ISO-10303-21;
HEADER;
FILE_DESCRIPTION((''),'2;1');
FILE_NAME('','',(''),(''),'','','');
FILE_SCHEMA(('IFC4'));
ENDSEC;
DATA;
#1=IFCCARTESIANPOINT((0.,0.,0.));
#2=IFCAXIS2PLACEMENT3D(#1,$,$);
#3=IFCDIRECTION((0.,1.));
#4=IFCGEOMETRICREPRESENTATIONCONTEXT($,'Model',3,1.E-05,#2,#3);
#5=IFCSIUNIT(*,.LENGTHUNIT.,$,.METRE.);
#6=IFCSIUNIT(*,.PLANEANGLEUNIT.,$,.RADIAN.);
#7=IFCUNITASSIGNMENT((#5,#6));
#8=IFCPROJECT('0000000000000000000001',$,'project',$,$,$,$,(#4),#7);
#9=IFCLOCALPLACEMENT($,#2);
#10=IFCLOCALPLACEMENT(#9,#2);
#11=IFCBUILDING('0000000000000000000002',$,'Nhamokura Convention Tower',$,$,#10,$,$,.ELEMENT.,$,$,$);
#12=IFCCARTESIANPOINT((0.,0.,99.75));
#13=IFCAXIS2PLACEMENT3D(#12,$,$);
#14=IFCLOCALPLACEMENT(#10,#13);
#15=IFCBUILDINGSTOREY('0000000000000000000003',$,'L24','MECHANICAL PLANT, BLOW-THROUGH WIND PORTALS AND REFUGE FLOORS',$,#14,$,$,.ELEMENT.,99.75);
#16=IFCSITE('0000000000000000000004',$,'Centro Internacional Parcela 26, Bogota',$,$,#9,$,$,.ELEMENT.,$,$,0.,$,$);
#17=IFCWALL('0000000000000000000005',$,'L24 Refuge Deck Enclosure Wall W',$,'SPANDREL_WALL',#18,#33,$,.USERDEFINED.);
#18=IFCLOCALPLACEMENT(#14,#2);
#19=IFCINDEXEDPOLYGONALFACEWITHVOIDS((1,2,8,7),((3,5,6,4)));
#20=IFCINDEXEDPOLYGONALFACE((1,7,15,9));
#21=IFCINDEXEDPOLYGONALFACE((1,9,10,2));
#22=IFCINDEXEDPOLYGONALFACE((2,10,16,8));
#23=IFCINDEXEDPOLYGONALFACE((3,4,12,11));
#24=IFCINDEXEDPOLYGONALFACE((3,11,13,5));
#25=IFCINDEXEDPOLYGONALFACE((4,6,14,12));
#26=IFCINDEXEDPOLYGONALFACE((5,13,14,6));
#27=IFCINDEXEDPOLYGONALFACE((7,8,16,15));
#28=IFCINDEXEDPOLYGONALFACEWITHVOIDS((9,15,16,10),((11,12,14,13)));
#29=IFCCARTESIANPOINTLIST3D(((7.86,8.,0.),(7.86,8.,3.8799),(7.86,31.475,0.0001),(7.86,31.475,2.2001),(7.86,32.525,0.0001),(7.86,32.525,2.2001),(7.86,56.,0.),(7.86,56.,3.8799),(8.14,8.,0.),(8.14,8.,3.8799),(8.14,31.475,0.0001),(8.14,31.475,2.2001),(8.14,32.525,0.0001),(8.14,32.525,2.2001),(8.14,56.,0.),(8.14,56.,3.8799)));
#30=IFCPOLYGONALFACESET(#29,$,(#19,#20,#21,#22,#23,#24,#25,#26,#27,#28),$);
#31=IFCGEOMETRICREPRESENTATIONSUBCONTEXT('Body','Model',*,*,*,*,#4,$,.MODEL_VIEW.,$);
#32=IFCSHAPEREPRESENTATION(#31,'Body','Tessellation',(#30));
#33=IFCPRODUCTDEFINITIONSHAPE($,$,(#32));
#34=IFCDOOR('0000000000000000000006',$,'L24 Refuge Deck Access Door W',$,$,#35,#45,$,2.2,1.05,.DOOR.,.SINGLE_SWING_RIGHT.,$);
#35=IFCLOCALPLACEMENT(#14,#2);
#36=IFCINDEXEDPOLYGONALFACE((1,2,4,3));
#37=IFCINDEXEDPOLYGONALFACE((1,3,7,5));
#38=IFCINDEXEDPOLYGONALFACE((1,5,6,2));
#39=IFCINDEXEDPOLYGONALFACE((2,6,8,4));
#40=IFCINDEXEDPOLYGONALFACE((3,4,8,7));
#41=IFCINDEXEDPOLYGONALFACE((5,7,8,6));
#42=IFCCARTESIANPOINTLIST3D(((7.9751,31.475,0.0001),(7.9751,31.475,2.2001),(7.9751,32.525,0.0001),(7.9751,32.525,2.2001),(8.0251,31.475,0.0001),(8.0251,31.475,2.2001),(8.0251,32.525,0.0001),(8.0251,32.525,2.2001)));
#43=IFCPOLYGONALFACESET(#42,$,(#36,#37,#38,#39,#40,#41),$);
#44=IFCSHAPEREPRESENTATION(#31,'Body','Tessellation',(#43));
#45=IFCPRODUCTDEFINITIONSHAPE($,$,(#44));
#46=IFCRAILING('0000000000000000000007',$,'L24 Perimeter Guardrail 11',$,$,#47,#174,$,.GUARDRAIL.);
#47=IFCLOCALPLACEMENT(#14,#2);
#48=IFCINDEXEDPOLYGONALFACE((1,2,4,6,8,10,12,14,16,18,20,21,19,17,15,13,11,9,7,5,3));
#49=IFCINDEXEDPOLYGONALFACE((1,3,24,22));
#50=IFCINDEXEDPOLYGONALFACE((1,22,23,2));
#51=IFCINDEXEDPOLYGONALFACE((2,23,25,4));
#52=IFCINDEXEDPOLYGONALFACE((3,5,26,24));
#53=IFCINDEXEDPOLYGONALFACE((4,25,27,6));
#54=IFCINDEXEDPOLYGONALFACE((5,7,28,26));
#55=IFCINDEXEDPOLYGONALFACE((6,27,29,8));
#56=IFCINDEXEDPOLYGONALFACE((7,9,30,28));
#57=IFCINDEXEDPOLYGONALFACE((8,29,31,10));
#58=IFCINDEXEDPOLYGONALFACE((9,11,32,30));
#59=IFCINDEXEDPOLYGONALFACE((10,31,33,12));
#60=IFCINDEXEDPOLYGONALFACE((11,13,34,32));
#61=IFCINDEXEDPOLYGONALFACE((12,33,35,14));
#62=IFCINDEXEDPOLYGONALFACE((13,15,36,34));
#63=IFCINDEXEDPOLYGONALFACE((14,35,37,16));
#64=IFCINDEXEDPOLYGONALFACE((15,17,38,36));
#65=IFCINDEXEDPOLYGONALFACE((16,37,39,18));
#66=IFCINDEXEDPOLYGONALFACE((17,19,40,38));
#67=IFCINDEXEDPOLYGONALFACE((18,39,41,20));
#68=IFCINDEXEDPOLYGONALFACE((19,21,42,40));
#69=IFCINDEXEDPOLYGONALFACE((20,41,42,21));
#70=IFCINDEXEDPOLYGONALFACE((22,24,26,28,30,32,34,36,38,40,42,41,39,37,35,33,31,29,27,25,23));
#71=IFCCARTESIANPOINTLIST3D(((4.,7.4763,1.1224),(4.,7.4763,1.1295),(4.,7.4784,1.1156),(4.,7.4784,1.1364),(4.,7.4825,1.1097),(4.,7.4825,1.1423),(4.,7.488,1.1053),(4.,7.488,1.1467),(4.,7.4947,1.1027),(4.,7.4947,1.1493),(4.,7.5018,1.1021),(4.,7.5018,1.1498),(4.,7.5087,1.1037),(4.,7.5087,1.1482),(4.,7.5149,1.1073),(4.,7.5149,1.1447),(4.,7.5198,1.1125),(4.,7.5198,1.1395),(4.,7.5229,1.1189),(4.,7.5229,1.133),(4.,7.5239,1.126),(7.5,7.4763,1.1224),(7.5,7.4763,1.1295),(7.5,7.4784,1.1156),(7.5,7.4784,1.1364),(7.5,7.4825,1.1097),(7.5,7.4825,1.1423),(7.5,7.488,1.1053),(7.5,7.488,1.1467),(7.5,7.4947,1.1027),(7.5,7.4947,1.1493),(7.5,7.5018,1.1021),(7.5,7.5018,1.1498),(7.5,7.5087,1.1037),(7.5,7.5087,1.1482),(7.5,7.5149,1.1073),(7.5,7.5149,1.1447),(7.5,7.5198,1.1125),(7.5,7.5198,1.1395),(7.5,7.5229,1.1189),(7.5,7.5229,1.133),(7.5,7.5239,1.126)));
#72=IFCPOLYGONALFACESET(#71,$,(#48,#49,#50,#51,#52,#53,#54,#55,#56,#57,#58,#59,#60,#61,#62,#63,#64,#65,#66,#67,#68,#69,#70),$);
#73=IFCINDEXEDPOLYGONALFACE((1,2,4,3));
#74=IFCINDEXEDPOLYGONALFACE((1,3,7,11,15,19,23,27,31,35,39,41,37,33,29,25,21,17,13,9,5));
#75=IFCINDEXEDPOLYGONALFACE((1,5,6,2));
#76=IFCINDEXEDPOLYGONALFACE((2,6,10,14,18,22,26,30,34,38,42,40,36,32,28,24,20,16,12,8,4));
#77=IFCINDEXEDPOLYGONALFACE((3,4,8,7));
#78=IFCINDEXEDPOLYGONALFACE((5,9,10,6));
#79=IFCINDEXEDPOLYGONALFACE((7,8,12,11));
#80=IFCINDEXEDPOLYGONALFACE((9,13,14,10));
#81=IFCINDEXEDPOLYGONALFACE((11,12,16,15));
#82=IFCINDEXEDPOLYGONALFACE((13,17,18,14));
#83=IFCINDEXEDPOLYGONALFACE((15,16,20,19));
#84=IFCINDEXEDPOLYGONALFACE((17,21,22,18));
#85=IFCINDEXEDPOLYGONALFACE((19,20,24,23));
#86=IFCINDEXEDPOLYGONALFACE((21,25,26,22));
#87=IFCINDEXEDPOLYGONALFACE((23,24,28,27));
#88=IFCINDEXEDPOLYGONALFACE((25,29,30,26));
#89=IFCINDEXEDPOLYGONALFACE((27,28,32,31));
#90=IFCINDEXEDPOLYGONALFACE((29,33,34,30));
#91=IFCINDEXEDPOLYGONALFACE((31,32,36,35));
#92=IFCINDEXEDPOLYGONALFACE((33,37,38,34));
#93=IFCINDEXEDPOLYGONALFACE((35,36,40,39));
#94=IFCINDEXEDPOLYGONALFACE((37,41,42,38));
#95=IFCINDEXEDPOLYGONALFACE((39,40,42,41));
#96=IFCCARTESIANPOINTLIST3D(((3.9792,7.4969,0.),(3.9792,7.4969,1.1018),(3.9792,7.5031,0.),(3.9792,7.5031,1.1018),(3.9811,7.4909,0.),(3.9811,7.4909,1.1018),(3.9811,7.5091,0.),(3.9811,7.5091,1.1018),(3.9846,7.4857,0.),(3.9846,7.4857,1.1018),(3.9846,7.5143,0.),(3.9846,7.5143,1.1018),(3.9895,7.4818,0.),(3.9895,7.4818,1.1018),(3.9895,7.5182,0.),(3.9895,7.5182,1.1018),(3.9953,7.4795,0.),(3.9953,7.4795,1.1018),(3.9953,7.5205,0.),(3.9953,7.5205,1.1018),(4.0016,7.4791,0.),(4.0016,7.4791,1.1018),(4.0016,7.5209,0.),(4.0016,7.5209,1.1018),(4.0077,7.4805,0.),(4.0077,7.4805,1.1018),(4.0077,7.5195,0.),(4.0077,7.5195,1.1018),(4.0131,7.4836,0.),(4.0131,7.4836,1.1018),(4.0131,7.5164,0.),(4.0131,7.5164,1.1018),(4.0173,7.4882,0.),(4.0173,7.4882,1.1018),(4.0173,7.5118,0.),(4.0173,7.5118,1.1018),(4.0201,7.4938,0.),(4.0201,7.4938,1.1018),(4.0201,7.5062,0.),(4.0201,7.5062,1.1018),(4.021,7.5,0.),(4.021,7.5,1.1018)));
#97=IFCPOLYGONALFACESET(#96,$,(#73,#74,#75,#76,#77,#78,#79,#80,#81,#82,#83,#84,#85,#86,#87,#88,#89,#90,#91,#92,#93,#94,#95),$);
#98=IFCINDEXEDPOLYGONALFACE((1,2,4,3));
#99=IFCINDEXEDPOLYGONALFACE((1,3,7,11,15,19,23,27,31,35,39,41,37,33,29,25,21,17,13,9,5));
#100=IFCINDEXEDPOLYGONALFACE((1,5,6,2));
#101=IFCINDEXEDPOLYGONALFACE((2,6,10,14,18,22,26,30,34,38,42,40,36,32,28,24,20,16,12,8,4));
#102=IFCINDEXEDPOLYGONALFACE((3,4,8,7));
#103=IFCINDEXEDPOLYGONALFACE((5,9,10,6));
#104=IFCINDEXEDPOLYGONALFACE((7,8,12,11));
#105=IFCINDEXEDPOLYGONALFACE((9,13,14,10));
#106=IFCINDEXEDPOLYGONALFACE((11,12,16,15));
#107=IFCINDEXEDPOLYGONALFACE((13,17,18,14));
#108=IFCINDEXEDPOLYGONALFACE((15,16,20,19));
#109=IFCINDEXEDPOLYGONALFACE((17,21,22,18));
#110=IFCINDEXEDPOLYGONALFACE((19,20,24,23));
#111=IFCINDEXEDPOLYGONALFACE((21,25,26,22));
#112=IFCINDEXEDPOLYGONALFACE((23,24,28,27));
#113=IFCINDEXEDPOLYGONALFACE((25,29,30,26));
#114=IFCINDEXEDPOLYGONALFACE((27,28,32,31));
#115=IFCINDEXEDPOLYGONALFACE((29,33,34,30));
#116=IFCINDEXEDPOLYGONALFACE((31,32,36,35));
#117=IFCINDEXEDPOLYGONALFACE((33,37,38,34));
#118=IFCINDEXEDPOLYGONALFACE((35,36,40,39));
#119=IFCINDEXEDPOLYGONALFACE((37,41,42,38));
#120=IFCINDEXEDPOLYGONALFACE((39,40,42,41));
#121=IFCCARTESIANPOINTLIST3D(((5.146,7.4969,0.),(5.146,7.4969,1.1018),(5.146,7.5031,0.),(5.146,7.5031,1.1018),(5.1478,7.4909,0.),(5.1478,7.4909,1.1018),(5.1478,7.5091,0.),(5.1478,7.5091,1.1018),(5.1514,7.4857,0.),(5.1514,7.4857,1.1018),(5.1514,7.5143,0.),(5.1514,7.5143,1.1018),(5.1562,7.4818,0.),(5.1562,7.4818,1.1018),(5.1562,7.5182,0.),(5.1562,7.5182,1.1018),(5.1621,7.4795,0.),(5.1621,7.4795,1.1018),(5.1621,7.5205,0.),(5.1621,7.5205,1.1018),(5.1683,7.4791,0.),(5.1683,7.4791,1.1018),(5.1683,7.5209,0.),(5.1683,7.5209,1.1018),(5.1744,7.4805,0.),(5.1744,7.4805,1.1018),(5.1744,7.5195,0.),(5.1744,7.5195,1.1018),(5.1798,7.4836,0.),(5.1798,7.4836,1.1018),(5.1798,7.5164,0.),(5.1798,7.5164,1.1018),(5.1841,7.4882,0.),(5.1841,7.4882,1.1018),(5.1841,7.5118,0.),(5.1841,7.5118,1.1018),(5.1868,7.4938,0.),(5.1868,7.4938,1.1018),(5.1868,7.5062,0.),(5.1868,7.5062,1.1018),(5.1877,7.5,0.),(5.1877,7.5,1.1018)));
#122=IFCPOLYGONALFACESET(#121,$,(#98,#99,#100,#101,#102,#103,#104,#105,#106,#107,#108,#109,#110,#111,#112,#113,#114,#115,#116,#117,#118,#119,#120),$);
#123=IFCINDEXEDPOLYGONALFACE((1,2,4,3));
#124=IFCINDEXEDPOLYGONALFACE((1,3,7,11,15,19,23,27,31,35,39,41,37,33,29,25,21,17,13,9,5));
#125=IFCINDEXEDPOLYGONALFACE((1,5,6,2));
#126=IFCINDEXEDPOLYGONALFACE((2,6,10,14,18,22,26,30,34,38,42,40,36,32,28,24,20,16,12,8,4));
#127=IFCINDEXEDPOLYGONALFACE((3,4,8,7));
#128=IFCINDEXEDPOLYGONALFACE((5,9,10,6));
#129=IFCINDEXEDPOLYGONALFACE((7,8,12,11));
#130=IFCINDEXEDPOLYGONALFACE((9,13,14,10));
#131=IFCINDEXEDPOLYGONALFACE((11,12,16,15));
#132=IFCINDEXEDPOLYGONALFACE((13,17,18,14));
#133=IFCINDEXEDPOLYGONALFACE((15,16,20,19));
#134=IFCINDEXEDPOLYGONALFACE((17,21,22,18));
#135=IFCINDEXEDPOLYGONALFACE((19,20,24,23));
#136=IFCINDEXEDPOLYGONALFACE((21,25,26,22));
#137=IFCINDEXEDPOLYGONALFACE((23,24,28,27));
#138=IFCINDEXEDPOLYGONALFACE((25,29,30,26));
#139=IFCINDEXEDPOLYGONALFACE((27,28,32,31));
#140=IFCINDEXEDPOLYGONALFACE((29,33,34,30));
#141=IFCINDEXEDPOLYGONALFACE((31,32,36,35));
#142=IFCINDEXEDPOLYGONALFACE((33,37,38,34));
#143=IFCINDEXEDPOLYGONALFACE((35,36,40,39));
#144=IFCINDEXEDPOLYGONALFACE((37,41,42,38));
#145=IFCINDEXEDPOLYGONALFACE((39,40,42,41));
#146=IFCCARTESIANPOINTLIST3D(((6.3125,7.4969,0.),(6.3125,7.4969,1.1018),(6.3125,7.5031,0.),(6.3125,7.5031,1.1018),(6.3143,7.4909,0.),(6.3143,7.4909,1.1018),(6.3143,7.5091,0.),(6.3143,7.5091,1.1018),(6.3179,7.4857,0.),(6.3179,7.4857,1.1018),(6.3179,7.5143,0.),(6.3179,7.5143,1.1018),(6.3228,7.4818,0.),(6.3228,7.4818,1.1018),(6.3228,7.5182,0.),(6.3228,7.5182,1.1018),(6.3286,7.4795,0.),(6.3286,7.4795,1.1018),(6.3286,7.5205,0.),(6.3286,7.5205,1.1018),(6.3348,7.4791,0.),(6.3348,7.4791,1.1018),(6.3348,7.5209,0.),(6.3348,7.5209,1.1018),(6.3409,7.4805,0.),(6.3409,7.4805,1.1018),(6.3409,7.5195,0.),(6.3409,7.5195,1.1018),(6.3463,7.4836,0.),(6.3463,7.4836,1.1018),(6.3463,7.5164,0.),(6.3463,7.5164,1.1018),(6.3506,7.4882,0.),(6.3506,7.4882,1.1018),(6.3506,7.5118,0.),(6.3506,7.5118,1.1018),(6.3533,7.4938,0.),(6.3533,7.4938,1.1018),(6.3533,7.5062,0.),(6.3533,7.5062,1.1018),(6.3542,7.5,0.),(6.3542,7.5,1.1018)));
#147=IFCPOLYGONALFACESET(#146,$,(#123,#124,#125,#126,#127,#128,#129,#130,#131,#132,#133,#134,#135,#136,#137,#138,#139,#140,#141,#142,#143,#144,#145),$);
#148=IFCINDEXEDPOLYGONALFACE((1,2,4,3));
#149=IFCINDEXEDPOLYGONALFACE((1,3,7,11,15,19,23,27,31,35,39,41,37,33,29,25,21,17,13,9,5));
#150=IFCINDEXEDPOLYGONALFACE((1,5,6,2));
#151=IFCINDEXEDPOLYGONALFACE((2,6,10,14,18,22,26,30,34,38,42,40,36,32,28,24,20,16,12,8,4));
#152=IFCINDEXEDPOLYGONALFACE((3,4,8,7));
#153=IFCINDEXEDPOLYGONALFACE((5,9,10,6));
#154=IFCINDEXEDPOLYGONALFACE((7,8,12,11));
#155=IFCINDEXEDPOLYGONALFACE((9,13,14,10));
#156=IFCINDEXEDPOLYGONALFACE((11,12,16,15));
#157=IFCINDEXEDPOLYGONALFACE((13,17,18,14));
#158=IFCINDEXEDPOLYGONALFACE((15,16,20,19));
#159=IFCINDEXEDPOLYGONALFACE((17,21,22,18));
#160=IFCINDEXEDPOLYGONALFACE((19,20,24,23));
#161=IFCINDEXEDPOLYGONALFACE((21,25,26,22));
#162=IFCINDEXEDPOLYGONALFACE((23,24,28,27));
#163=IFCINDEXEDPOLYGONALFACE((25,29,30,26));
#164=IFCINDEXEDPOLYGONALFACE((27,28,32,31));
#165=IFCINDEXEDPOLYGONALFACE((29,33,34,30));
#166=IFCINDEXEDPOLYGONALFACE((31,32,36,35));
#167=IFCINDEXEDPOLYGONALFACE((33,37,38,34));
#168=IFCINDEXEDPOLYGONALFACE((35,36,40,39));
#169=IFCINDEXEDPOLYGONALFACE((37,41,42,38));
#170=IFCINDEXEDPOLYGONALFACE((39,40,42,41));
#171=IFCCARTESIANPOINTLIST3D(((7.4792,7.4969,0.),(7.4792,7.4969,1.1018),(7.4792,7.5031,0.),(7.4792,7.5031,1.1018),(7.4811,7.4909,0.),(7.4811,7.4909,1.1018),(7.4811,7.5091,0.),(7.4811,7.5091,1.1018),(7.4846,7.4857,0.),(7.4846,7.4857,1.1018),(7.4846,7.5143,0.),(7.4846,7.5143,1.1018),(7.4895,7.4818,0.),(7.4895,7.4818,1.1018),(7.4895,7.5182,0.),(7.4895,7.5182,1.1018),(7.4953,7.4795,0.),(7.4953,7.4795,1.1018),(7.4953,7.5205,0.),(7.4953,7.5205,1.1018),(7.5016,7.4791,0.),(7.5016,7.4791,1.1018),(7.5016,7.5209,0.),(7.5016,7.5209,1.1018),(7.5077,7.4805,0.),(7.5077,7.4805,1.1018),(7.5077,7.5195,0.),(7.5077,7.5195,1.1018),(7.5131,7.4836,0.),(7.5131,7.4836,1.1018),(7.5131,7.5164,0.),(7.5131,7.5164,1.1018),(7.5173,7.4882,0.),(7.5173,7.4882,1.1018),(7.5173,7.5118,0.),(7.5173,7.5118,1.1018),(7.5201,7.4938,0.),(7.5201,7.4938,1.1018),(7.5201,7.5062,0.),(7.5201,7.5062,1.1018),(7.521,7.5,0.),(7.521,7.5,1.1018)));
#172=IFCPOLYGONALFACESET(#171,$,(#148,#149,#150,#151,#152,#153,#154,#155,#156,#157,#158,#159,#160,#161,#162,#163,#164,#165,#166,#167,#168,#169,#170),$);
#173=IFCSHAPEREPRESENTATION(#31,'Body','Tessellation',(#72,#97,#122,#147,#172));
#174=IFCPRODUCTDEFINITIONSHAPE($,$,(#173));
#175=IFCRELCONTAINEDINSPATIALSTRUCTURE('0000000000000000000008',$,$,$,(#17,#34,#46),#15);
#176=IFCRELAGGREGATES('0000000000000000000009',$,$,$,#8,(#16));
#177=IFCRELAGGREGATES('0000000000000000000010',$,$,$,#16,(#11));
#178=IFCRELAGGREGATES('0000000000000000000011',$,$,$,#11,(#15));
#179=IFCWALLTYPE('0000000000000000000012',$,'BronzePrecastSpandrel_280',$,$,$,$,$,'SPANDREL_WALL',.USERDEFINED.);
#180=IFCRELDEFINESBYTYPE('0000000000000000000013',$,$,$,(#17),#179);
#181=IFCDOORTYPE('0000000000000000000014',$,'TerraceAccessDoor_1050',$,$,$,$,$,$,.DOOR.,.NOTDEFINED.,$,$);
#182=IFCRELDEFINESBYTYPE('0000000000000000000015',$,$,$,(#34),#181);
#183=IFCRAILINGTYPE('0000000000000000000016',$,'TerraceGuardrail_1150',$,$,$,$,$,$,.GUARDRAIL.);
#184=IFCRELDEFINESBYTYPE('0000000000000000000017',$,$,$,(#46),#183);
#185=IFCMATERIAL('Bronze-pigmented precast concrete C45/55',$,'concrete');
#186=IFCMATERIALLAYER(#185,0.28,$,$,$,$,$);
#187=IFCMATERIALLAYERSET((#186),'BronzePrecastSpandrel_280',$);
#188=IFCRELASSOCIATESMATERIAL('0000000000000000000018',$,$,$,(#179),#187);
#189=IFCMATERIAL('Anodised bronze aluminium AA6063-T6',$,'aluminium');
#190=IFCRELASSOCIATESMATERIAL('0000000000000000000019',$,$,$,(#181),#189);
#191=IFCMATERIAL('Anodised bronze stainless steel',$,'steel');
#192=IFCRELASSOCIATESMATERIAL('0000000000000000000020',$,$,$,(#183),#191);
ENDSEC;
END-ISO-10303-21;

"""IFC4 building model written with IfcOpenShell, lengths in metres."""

from ifc_helpers import new_model, si_unit, direction, frame, frame_2d, origin, origin_2d, place, context, subcontext, project, spatial, rectangle, circle, extrude, material, layer, layer_set, type_object, element, fill, save


model = new_model("IFC4")

# Units and contexts
model_context = context("Model", 3, precision=1e-05, world=origin(), true_north=direction((0.0, 1.0)))
body_context = subcontext(model_context, "Body", "Model", "MODEL_VIEW")
ifc_project = project(units=[si_unit("LENGTHUNIT", "METRE"), si_unit("PLANEANGLEUNIT", "RADIAN")], contexts=[model_context])

# Site, building, storey
site_placement = place(None, origin())
site = spatial("IfcSite", under=ifc_project, at=site_placement, Name="Centro Internacional Parcela 26, Bogota", CompositionType="ELEMENT", RefElevation=0.0)
building_placement = place(site_placement, origin())
building = spatial("IfcBuilding", under=site, at=building_placement, Name="Nhamokura Convention Tower", CompositionType="ELEMENT")
storey_placement = place(building_placement, frame((0.0, 0.0, 99.75)))
storey = spatial("IfcBuildingStorey", under=building, at=storey_placement, Name="L24", Description="MECHANICAL PLANT, BLOW-THROUGH WIND PORTALS AND REFUGE FLOORS", CompositionType="ELEMENT", Elevation=99.75)

# Wall, opening, door
ifc_material_1 = material(Name="Bronze-pigmented precast concrete C45/55", Category="concrete")
ifc_layer_1 = layer(ifc_material_1, 0.28)
ifc_layer_set_1 = layer_set([ifc_layer_1], Name="BronzePrecastSpandrel_280")
wall_type = type_object("IfcWallType", Name="BronzePrecastSpandrel_280", ElementType="SPANDREL_WALL", PredefinedType="USERDEFINED", material=ifc_layer_set_1)
wall_placement = place(storey_placement, frame((8.0, 8.0, 0.0), z_axis=(0.0, 0.0, 1.0), x_axis=(0.0, 1.0, 0.0)))
wall = element("IfcWall", 1, at=wall_placement, inside=storey, type_object=wall_type, Name="L24 Refuge Deck Enclosure Wall W", ObjectType="SPANDREL_WALL", PredefinedType="USERDEFINED", context=body_context, shape_type="SweptSolid", body=[
    extrude(rectangle(XDim=48.0, YDim=0.28, at=frame_2d((24.0, 0.0))), origin(), (0.0, 0.0, 1.0), 3.8799),
])
opening_placement = place(wall_placement, frame((23.4751, 0.0, 0.0)))
opening = element("IfcOpeningElement", 2, at=opening_placement, cuts=wall, PredefinedType="OPENING", context=body_context, shape_type="SweptSolid", body=[
    extrude(rectangle(XDim=1.05, YDim=2.2, at=frame_2d((0.5249, 1.1001))), frame((0.0, 0.1499, 0.0), z_axis=(0.0, -1.0, 0.0), x_axis=(1.0, 0.0, 0.0)), (0.0, 0.0, 1.0), 0.3),
])
ifc_material_2 = material(Name="Anodised bronze aluminium AA6063-T6", Category="aluminium")
door_type = type_object("IfcDoorType", Name="TerraceAccessDoor_1050", OperationType="NOTDEFINED", PredefinedType="DOOR", material=ifc_material_2)
door_placement = place(opening_placement, origin())
door = element("IfcDoor", 3, at=door_placement, inside=storey, type_object=door_type, Name="L24 Refuge Deck Access Door W", OperationType="SINGLE_SWING_RIGHT", OverallHeight=2.2, OverallWidth=1.05, PredefinedType="DOOR", context=body_context, shape_type="SweptSolid", body=[
    extrude(rectangle(XDim=1.05, YDim=2.2, at=frame_2d((0.5249, 1.1001))), frame((0.0, 0.0249, 0.0), z_axis=(0.0, -1.0, 0.0), x_axis=(1.0, 0.0, 0.0)), (0.0, 0.0, 1.0), 0.05),
])
fill(opening, door)

# Railing
ifc_material_3 = material(Name="Anodised bronze stainless steel", Category="steel")
railing_type = type_object("IfcRailingType", Name="TerraceGuardrail_1150", PredefinedType="GUARDRAIL", material=ifc_material_3)
railing_1_placement = place(storey_placement, frame((4.0, 7.5, 0.0)))
element("IfcRailing", 4, at=railing_1_placement, inside=storey, type_object=railing_type, Name="L24 Perimeter Guardrail 11", PredefinedType="GUARDRAIL", context=body_context, shape_type="SweptSolid", body=[
    extrude(circle(Radius=0.0239, at=origin_2d()), frame((0.0, 0.0, 1.126), z_axis=(1.0, 0.0, 0.0), x_axis=(0.0, 1.0, 0.0)), (0.0, 0.0, 1.0), 3.5),
    extrude(circle(Radius=0.021, at=origin_2d()), origin(), (0.0, 0.0, 1.0), 1.1018),
    extrude(circle(Radius=0.021, at=origin_2d()), frame((1.1667, 0.0, 0.0)), (0.0, 0.0, 1.0), 1.1018),
    extrude(circle(Radius=0.021, at=origin_2d()), frame((2.3333, 0.0, 0.0)), (0.0, 0.0, 1.0), 1.1018),
    extrude(circle(Radius=0.021, at=origin_2d()), frame((3.5, 0.0, 0.0)), (0.0, 0.0, 1.0), 1.1018),
])

save(model, "model.ifc")
